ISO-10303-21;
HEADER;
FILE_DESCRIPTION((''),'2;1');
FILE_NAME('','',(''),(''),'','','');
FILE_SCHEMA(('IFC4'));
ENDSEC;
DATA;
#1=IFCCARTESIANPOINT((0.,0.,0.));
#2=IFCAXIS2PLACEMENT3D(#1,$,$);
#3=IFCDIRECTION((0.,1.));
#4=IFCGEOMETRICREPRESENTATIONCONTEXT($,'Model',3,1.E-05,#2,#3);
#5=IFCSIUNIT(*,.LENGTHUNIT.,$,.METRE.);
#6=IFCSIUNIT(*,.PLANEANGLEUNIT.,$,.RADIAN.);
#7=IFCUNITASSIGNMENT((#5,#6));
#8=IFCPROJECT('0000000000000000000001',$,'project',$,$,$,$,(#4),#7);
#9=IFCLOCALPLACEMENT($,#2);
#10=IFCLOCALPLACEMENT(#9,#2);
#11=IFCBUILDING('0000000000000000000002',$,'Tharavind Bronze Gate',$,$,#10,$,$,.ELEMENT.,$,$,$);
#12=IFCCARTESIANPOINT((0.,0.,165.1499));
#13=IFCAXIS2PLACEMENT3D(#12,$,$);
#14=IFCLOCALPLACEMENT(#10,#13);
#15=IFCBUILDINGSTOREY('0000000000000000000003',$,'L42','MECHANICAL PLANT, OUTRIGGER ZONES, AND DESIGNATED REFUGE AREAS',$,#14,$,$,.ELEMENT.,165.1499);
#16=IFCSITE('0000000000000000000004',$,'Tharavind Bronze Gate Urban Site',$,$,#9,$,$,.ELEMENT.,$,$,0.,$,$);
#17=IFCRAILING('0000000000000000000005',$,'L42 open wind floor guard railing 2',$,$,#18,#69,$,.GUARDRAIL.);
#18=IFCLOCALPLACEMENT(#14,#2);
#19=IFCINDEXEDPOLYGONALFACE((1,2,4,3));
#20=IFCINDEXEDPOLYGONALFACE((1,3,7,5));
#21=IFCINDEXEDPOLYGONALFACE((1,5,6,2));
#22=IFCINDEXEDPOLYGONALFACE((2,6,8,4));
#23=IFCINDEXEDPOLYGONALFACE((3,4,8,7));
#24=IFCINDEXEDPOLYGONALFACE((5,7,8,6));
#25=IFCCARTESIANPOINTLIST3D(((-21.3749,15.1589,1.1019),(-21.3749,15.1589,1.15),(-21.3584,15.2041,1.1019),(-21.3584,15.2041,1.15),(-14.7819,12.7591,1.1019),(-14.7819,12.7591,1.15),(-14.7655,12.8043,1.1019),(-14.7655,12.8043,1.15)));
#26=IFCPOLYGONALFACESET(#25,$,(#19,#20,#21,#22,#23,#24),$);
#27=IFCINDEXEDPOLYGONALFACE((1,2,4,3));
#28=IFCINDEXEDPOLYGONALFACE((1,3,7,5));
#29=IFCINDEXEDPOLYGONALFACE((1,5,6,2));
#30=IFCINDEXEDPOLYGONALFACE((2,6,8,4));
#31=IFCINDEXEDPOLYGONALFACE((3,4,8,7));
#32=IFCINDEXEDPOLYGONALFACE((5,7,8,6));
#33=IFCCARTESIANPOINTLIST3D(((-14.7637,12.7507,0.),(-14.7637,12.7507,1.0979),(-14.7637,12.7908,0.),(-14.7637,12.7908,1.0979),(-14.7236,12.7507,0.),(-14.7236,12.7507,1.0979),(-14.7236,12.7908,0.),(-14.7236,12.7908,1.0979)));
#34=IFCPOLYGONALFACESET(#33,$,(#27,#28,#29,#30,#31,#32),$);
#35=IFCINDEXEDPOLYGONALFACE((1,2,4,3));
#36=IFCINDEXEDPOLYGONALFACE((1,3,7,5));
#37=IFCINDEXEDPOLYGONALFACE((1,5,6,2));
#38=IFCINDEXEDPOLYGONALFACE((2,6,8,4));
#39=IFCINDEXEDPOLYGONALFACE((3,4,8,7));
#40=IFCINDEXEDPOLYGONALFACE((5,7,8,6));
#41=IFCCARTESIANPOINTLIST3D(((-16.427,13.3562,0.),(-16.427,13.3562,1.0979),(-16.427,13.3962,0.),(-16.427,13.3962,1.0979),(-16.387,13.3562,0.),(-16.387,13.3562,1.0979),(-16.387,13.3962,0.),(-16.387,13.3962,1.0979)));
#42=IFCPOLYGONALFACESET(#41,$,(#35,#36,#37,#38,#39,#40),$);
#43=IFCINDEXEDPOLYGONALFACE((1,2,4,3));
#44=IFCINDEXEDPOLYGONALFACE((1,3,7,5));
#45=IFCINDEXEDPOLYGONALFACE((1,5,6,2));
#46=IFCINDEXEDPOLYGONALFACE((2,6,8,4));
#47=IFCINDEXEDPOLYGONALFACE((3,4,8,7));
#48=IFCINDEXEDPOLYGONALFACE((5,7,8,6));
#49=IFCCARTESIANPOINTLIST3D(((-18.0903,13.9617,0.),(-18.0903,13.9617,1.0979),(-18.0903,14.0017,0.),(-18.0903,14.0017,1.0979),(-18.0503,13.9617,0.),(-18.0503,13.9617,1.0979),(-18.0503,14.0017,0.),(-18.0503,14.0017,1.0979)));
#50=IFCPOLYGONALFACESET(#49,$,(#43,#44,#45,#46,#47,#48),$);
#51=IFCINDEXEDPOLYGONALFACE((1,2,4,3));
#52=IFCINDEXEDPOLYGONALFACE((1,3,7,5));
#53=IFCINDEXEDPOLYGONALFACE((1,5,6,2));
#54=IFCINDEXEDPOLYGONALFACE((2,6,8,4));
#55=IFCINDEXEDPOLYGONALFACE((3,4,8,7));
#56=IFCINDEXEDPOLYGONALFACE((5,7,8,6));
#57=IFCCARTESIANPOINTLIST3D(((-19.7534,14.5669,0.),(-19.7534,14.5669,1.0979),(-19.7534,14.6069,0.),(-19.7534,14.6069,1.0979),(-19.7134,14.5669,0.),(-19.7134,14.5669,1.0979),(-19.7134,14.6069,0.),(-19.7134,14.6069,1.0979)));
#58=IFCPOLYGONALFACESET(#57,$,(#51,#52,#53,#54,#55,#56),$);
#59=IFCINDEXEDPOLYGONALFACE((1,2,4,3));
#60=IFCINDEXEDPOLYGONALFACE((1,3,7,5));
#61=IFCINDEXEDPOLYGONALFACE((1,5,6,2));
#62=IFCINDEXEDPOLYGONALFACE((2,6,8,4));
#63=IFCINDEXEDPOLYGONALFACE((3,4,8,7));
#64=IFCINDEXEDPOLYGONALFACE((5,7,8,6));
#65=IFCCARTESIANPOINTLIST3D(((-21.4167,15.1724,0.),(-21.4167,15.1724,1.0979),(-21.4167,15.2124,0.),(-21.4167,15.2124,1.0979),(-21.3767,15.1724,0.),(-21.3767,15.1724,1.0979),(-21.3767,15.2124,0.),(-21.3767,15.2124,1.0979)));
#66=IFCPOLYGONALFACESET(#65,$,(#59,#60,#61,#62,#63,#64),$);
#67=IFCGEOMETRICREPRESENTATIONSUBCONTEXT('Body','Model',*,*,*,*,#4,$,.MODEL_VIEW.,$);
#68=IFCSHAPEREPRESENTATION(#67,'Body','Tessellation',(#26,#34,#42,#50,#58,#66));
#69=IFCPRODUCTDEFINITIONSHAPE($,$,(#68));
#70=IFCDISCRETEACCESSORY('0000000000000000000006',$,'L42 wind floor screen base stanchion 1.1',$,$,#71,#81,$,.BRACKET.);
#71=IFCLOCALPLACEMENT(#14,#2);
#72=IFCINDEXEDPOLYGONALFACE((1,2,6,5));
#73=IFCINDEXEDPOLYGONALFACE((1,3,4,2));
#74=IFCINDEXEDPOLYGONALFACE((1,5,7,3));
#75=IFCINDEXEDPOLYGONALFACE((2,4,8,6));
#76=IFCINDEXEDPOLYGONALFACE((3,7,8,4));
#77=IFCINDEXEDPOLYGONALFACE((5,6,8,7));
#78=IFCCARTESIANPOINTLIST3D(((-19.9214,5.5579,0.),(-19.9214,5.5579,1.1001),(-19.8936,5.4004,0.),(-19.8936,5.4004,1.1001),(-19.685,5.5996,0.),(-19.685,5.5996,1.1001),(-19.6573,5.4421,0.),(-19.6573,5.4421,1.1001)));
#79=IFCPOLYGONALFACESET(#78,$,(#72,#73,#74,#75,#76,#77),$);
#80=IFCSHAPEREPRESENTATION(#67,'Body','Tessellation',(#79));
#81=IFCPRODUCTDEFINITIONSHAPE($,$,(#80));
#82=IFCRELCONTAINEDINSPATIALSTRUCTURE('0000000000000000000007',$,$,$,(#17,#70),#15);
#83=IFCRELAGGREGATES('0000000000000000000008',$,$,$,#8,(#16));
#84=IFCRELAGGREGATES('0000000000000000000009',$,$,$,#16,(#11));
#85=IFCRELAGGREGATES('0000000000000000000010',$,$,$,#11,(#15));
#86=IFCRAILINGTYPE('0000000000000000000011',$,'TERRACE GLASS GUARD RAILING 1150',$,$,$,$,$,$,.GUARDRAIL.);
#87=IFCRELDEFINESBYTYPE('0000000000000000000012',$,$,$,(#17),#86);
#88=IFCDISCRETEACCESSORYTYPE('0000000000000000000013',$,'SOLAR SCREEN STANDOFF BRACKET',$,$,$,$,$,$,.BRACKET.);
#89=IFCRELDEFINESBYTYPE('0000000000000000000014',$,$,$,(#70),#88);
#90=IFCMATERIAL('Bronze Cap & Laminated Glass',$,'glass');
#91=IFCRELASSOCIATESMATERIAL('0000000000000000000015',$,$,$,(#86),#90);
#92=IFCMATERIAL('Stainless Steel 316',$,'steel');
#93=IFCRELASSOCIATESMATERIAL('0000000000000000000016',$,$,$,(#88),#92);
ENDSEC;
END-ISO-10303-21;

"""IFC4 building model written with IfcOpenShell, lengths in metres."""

from ifc_helpers import new_model, si_unit, direction, frame, origin, origin_2d, place, context, subcontext, project, spatial, rectangle, extrude, material, type_object, element, save


model = new_model("IFC4")

# Units and contexts
model_context = context("Model", 3, precision=1e-05, world=origin(), true_north=direction((0.0, 1.0)))
body_context = subcontext(model_context, "Body", "Model", "MODEL_VIEW")
ifc_project = project(units=[si_unit("LENGTHUNIT", "METRE"), si_unit("PLANEANGLEUNIT", "RADIAN")], contexts=[model_context])

# Site, building, storey
site_placement = place(None, origin())
site = spatial("IfcSite", under=ifc_project, at=site_placement, Name="Tharavind Bronze Gate Urban Site", CompositionType="ELEMENT", RefElevation=0.0)
building_placement = place(site_placement, origin())
building = spatial("IfcBuilding", under=site, at=building_placement, Name="Tharavind Bronze Gate", CompositionType="ELEMENT")
storey_placement = place(building_placement, frame((0.0, 0.0, 165.1499)))
storey = spatial("IfcBuildingStorey", under=building, at=storey_placement, Name="L42", Description="MECHANICAL PLANT, OUTRIGGER ZONES, AND DESIGNATED REFUGE AREAS", CompositionType="ELEMENT", Elevation=165.1499)

# Railing
ifc_material_1 = material(Name="Bronze Cap & Laminated Glass", Category="glass")
railing_type = type_object("IfcRailingType", Name="TERRACE GLASS GUARD RAILING 1150", PredefinedType="GUARDRAIL", material=ifc_material_1)
railing_1_placement = place(storey_placement, frame((-14.7437, 12.7708, 0.0)))
element("IfcRailing", 1, at=railing_1_placement, inside=storey, type_object=railing_type, Name="L42 open wind floor guard railing 2", PredefinedType="GUARDRAIL", context=body_context, shape_type="SweptSolid", body=[
    extrude(rectangle(XDim=0.0481, YDim=0.0481, at=origin_2d()), frame((-0.03, 0.011, 1.126), z_axis=(-0.939688, 0.342034, 0.0), x_axis=(-0.342034, -0.939688, 0.0)), (0.0, 0.0, 1.0), 7.0161),
    extrude(rectangle(XDim=0.04, YDim=0.04, at=origin_2d()), origin(), (0.0, 0.0, 1.0), 1.0979),
    extrude(rectangle(XDim=0.04, YDim=0.04, at=origin_2d()), frame((-1.6633, 0.6055, 0.0)), (0.0, 0.0, 1.0), 1.0979),
    extrude(rectangle(XDim=0.04, YDim=0.04, at=origin_2d()), frame((-3.3267, 1.2109, 0.0)), (0.0, 0.0, 1.0), 1.0979),
    extrude(rectangle(XDim=0.04, YDim=0.04, at=origin_2d()), frame((-4.9897, 1.8162, 0.0)), (0.0, 0.0, 1.0), 1.0979),
    extrude(rectangle(XDim=0.04, YDim=0.04, at=origin_2d()), frame((-6.6531, 2.4216, 0.0)), (0.0, 0.0, 1.0), 1.0979),
])

# Discrete accessory
ifc_material_2 = material(Name="Stainless Steel 316", Category="steel")
discrete_accessory_type = type_object("IfcDiscreteAccessoryType", Name="SOLAR SCREEN STANDOFF BRACKET", PredefinedType="BRACKET", material=ifc_material_2)
discrete_accessory_placement = place(storey_placement, frame((-19.7893, 5.5, 0.0), z_axis=(0.0, 0.0, 1.0), x_axis=(0.173648, -0.984808, 0.0)))
element("IfcDiscreteAccessory", 2, at=discrete_accessory_placement, inside=storey, type_object=discrete_accessory_type, Name="L42 wind floor screen base stanchion 1.1", PredefinedType="BRACKET", context=body_context, shape_type="SweptSolid", body=[
    extrude(rectangle(XDim=0.1599, YDim=0.24, at=origin_2d()), origin(), (0.0, 0.0, 1.0), 1.1001),
])

save(model, "model.ifc")
